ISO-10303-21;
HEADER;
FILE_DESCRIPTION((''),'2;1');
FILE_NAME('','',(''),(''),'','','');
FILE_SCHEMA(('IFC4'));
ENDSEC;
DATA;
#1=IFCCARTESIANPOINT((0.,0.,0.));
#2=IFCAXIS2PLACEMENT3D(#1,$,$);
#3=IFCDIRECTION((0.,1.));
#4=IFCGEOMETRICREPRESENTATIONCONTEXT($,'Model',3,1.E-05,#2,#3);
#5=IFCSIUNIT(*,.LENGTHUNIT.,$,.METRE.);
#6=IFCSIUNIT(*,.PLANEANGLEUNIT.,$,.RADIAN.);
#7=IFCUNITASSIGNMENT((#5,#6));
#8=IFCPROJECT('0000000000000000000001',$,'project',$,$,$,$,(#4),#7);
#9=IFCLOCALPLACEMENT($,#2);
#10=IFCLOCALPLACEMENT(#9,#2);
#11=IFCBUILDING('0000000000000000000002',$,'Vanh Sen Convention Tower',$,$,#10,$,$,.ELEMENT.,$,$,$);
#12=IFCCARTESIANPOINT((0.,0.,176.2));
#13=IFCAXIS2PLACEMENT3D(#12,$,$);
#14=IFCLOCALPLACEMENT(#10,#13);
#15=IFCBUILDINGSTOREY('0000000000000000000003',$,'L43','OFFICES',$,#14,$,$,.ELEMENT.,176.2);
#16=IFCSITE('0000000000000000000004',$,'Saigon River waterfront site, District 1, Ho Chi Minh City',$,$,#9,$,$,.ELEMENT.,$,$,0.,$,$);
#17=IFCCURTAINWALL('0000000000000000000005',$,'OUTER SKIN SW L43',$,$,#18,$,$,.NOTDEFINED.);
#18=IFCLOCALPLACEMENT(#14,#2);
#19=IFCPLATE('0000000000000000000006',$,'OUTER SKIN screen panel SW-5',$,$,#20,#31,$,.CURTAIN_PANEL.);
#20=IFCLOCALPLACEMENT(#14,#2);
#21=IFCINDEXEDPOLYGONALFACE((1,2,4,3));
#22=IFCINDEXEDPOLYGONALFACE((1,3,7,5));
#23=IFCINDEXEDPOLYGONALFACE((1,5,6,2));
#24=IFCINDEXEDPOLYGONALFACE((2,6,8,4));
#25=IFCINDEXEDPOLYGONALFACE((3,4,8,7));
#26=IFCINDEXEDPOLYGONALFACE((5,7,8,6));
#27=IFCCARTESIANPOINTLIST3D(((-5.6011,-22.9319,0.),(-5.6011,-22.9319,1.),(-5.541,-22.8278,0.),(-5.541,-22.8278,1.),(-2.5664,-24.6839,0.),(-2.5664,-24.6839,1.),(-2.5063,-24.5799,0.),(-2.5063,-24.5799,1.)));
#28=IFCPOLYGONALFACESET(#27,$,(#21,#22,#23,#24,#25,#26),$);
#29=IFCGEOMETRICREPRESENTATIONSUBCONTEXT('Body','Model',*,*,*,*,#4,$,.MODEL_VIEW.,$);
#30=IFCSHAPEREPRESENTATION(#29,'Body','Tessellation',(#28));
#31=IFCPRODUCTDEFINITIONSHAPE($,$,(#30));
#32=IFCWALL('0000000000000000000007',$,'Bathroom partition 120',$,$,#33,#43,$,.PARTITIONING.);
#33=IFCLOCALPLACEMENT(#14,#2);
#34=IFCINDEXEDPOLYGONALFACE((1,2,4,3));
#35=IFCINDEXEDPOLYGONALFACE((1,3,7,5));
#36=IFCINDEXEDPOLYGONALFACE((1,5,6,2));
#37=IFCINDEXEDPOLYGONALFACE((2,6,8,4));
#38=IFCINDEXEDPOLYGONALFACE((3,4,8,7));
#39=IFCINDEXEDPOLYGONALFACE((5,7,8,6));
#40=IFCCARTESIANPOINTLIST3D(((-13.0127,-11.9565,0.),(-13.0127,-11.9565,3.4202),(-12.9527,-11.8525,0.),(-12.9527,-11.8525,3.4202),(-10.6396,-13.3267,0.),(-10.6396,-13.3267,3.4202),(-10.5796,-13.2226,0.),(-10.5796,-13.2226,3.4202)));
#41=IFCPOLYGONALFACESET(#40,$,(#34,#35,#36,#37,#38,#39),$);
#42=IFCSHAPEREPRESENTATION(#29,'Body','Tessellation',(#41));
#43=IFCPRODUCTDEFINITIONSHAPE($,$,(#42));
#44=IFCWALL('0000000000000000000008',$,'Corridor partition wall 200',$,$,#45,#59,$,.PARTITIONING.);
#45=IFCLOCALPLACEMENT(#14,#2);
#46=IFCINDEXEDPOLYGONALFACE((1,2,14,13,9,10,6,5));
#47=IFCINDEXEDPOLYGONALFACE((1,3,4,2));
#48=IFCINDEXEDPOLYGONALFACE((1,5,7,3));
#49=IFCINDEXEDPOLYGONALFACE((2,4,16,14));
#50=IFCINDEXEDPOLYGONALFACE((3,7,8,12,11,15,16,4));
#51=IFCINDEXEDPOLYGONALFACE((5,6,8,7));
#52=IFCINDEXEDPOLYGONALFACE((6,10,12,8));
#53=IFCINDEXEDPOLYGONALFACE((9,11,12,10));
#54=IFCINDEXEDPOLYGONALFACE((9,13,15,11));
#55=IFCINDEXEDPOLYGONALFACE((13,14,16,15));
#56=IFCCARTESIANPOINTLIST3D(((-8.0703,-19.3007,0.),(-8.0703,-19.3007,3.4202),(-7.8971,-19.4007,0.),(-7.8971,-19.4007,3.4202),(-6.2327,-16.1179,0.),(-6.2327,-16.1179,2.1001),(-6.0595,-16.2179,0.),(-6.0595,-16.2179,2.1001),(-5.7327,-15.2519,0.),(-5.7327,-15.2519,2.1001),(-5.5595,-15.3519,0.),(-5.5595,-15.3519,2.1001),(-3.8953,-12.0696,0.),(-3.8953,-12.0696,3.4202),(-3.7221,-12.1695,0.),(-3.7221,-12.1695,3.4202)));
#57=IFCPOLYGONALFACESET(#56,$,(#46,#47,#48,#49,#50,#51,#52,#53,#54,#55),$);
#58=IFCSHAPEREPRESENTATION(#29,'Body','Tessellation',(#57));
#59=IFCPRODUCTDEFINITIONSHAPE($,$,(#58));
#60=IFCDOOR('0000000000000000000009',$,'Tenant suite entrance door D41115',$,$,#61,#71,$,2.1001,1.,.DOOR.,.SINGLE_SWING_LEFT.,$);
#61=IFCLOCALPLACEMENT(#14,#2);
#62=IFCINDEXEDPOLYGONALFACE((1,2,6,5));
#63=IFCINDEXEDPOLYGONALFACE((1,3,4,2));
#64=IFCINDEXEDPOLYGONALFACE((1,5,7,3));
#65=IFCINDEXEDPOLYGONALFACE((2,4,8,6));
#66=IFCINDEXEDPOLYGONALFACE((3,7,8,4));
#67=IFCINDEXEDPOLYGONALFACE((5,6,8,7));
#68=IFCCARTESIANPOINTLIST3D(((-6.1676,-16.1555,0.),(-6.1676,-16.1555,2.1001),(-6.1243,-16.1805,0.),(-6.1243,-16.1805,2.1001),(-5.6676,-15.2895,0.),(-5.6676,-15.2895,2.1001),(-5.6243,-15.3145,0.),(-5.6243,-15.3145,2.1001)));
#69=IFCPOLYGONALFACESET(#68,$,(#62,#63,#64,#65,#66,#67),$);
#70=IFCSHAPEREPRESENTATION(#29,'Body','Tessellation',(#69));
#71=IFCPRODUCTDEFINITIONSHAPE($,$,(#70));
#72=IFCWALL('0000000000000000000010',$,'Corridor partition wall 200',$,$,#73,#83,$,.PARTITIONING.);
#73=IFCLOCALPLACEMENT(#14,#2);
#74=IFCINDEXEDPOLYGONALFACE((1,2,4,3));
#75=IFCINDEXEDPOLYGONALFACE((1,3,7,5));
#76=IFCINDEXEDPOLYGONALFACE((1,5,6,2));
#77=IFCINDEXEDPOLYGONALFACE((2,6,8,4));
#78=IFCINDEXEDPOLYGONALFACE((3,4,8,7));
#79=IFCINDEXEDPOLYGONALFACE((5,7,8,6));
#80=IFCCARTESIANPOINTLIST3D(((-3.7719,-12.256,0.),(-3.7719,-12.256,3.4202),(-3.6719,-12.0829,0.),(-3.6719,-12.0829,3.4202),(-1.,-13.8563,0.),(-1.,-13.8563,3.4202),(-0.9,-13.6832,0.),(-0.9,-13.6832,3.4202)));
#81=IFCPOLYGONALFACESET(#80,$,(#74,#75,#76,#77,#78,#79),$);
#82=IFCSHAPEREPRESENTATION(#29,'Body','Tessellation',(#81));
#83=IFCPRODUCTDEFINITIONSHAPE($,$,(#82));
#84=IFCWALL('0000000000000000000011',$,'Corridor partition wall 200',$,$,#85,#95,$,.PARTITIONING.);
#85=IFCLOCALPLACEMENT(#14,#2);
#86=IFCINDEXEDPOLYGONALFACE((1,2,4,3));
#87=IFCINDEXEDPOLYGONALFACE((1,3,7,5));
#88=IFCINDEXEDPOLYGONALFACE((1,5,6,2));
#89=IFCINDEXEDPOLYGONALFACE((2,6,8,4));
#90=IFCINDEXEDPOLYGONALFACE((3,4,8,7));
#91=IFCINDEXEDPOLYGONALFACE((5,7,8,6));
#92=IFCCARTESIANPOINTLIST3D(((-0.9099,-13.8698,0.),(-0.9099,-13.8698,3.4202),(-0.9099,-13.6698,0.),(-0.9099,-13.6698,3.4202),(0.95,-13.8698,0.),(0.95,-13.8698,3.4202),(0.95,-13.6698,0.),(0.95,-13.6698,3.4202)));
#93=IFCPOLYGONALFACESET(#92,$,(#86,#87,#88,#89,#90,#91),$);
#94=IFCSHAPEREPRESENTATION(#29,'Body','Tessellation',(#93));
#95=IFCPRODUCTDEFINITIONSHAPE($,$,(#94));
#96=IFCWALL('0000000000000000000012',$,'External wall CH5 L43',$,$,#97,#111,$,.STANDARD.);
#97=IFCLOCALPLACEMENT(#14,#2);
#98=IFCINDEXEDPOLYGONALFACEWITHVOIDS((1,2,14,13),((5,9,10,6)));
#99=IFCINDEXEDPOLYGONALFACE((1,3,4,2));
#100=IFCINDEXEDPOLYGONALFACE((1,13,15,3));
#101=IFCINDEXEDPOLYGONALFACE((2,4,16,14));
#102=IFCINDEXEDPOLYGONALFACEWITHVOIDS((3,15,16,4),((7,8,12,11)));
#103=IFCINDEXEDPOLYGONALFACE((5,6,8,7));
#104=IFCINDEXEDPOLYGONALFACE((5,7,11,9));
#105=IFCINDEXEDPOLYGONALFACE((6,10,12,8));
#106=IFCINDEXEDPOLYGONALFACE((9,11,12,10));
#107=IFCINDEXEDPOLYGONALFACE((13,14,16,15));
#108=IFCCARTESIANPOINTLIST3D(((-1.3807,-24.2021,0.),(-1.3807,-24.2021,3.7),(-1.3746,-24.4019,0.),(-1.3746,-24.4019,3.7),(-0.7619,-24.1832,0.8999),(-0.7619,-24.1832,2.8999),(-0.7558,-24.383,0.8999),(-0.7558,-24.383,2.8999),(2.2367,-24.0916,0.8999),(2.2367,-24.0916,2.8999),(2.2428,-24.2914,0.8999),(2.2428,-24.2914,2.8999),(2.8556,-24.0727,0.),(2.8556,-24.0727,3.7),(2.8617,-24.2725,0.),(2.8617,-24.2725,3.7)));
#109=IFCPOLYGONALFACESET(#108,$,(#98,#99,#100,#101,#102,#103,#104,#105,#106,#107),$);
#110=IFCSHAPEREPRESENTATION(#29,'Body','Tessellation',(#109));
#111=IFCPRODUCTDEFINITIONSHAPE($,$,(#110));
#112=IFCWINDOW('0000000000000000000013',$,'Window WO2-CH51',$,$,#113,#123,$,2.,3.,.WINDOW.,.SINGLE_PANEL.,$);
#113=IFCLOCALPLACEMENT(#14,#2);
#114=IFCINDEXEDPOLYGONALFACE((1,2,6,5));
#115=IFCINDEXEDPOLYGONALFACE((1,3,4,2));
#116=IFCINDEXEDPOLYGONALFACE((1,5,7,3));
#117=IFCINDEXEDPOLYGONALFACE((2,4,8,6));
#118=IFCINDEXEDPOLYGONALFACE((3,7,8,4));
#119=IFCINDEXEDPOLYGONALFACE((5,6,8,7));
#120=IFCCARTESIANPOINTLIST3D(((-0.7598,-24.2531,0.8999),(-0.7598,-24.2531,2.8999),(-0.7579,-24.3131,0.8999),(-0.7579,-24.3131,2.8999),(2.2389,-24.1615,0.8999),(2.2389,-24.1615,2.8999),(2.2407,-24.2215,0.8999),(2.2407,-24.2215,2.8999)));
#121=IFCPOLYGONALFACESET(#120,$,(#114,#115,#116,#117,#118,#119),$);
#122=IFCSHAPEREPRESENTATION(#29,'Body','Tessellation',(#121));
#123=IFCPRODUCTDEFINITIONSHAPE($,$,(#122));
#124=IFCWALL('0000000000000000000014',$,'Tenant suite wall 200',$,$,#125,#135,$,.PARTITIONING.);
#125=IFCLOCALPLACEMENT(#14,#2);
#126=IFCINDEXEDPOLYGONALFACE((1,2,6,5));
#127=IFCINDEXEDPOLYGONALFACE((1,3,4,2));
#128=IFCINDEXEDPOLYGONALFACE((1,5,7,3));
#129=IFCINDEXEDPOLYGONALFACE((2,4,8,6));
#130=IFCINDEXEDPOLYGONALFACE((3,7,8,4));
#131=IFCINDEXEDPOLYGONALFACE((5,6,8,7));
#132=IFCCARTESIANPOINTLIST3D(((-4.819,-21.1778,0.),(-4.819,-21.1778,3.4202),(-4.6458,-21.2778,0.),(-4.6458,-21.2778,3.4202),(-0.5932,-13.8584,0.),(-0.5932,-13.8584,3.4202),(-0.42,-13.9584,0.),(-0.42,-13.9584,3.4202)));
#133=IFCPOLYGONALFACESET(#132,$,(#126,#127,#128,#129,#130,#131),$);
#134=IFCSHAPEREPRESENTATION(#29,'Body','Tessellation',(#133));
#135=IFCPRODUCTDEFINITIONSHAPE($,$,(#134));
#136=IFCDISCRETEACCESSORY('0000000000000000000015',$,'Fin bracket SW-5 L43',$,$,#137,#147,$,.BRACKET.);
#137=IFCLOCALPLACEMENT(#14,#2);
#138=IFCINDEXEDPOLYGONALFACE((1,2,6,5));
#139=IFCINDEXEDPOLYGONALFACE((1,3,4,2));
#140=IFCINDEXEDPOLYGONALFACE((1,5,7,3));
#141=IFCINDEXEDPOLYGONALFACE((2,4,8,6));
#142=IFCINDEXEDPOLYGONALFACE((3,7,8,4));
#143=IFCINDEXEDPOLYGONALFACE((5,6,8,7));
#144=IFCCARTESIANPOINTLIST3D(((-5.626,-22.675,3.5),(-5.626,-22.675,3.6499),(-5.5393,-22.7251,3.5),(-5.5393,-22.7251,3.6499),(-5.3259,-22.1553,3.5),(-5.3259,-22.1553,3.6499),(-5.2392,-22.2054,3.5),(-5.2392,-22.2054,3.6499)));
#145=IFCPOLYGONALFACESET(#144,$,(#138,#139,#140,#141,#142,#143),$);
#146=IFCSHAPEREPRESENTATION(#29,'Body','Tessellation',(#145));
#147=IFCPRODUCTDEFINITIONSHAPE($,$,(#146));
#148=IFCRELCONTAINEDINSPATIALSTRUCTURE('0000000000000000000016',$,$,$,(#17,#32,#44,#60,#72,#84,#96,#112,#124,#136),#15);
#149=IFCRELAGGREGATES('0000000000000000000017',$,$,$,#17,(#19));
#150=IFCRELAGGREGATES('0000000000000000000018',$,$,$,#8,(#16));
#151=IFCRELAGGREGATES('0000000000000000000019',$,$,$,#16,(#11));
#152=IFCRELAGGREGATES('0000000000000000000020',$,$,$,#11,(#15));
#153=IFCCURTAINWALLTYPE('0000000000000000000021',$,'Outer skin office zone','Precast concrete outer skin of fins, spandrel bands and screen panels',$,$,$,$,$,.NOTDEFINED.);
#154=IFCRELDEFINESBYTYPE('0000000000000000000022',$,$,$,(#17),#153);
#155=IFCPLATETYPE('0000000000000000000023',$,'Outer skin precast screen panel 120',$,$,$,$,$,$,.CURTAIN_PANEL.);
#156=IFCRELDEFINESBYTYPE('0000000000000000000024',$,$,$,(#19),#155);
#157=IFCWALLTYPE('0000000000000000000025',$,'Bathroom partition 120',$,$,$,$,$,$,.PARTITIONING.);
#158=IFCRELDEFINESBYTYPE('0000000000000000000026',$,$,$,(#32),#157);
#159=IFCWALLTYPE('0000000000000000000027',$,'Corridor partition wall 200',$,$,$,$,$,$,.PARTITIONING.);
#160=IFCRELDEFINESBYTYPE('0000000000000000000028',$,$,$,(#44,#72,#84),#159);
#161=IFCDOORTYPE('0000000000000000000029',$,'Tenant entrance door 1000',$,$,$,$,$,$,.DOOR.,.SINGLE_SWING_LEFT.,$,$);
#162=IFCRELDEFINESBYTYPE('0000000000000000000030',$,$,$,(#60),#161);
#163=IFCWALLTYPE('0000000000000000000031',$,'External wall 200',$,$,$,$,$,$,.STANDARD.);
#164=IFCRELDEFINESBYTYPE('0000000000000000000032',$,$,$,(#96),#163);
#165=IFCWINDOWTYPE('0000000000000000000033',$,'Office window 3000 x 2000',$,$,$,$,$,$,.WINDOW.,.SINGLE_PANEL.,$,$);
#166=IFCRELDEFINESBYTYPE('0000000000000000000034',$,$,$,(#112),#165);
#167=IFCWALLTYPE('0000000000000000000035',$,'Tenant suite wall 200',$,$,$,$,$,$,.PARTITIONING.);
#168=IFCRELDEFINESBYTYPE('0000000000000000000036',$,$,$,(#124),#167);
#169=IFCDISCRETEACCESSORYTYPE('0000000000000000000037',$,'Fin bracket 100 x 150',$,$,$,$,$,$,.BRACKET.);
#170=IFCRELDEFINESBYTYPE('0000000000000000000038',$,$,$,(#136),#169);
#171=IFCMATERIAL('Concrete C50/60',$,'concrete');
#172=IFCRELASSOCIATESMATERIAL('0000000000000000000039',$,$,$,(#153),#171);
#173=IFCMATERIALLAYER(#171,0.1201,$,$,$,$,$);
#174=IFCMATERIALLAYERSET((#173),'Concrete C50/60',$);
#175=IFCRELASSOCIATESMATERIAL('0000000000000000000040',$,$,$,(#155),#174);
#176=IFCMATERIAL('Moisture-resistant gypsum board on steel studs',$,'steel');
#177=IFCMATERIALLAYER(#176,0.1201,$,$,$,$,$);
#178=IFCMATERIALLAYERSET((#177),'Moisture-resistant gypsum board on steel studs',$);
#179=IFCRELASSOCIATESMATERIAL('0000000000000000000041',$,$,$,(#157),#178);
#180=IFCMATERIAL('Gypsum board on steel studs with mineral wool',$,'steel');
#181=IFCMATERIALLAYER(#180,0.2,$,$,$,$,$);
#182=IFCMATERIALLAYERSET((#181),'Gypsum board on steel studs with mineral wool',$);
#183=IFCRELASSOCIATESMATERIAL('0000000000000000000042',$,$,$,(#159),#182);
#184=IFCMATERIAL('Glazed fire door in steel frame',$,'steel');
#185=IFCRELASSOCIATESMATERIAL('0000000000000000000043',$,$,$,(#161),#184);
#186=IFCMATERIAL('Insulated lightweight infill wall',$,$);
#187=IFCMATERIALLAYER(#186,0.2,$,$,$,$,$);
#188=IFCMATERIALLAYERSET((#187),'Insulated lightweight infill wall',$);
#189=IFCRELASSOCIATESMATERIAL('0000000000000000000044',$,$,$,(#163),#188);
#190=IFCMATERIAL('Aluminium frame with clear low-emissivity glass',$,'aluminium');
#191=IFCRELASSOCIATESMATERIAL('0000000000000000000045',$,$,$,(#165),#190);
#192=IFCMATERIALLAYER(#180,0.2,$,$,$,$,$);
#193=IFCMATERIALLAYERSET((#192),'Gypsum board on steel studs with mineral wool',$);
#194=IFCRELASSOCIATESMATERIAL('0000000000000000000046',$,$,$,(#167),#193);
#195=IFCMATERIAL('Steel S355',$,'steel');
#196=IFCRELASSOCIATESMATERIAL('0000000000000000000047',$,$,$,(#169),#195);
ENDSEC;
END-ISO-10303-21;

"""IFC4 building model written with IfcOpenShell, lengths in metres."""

from ifc_helpers import new_model, si_unit, direction, frame, frame_2d, origin, origin_2d, place, context, subcontext, project, spatial, rectangle, extrude, material, layer, layer_set, type_object, element, fill, aggregate, save


model = new_model("IFC4")

# Units and contexts
model_context = context("Model", 3, precision=1e-05, world=origin(), true_north=direction((0.0, 1.0)))
body_context = subcontext(model_context, "Body", "Model", "MODEL_VIEW")
ifc_project = project(units=[si_unit("LENGTHUNIT", "METRE"), si_unit("PLANEANGLEUNIT", "RADIAN")], contexts=[model_context])

# Site, building, storey
site_placement = place(None, origin())
site = spatial("IfcSite", under=ifc_project, at=site_placement, Name="Saigon River waterfront site, District 1, Ho Chi Minh City", CompositionType="ELEMENT", RefElevation=0.0)
building_placement = place(site_placement, origin())
building = spatial("IfcBuilding", under=site, at=building_placement, Name="Vanh Sen Convention Tower", CompositionType="ELEMENT")
storey_placement = place(building_placement, frame((0.0, 0.0, 176.2)))
storey = spatial("IfcBuildingStorey", under=building, at=storey_placement, Name="L43", Description="OFFICES", CompositionType="ELEMENT", Elevation=176.2)

# Curtain wall
ifc_material_1 = material(Name="Concrete C50/60", Category="concrete")
curtain_wall_type = type_object("IfcCurtainWallType", Name="Outer skin office zone", Description="Precast concrete outer skin of fins, spandrel bands and screen panels", PredefinedType="NOTDEFINED", material=ifc_material_1)
curtain_wall_1_placement = place(storey_placement, origin())
curtain_wall_1 = element("IfcCurtainWall", 1, at=curtain_wall_1_placement, inside=storey, type_object=curtain_wall_type, Name="OUTER SKIN SW L43", PredefinedType="NOTDEFINED")

# Plate
ifc_layer_1 = layer(ifc_material_1, 0.1201)
ifc_layer_set_1 = layer_set([ifc_layer_1], Name="Concrete C50/60")
plate_type = type_object("IfcPlateType", Name="Outer skin precast screen panel 120", PredefinedType="CURTAIN_PANEL", material=ifc_layer_set_1)
plate_1_placement = place(storey_placement, frame((-4.0537, -23.7559, 0.0), z_axis=(0.0, 0.0, 1.0), x_axis=(0.866035, -0.499983, 0.0)))
plate_1 = element("IfcPlate", 2, at=plate_1_placement, type_object=plate_type, Name="OUTER SKIN screen panel SW-5", PredefinedType="CURTAIN_PANEL", context=body_context, shape_type="SweptSolid", body=[
    extrude(rectangle(XDim=3.5042, YDim=0.1201, at=origin_2d()), origin(), (0.0, 0.0, 1.0), 1.0),
])
aggregate(curtain_wall_1, [plate_1])

# Wall
ifc_material_2 = material(Name="Moisture-resistant gypsum board on steel studs", Category="steel")
ifc_layer_2 = layer(ifc_material_2, 0.1201)
ifc_layer_set_2 = layer_set([ifc_layer_2], Name="Moisture-resistant gypsum board on steel studs")
wall_type_1 = type_object("IfcWallType", Name="Bathroom partition 120", PredefinedType="PARTITIONING", material=ifc_layer_set_2)
wall_1_placement = place(storey_placement, frame((-10.6096, -13.2747, 0.0), z_axis=(0.0, 0.0, 1.0), x_axis=(-0.866019, 0.50001, 0.0)))
element("IfcWall", 3, at=wall_1_placement, inside=storey, type_object=wall_type_1, Name="Bathroom partition 120", PredefinedType="PARTITIONING", context=body_context, shape_type="SweptSolid", body=[
    extrude(rectangle(XDim=2.7402, YDim=0.1201, at=frame_2d((1.3701, 0.0))), origin(), (0.0, 0.0, 1.0), 3.4202),
])

# Wall, opening, door
ifc_material_3 = material(Name="Gypsum board on steel studs with mineral wool", Category="steel")
ifc_layer_3 = layer(ifc_material_3, 0.2)
ifc_layer_set_3 = layer_set([ifc_layer_3], Name="Gypsum board on steel studs with mineral wool")
wall_type_2 = type_object("IfcWallType", Name="Corridor partition wall 200", PredefinedType="PARTITIONING", material=ifc_layer_set_3)
wall_2_placement = place(storey_placement, frame((-7.9836, -19.3506, 0.0), z_axis=(0.0, 0.0, 1.0), x_axis=(0.50001, 0.86602, 0.0)))
wall_2 = element("IfcWall", 4, at=wall_2_placement, inside=storey, type_object=wall_type_2, Name="Corridor partition wall 200", PredefinedType="PARTITIONING", context=body_context, shape_type="SweptSolid", body=[
    extrude(rectangle(XDim=8.3499, YDim=0.2, at=frame_2d((4.1748, 0.0))), origin(), (0.0, 0.0, 1.0), 3.4202),
])
opening_1_placement = place(wall_2_placement, frame((3.675, 0.0, 0.0)))
opening_1 = element("IfcOpeningElement", 5, at=opening_1_placement, cuts=wall_2, PredefinedType="OPENING", context=body_context, shape_type="SweptSolid", body=[
    extrude(rectangle(XDim=1.0, YDim=2.1001, at=frame_2d((0.5, 1.05))), frame((0.0, 0.1099, 0.0), z_axis=(0.0, -1.0, 0.0), x_axis=(1.0, 0.0, 0.0)), (0.0, 0.0, 1.0), 0.22),
])
ifc_material_4 = material(Name="Glazed fire door in steel frame", Category="steel")
door_type = type_object("IfcDoorType", Name="Tenant entrance door 1000", OperationType="SINGLE_SWING_LEFT", PredefinedType="DOOR", material=ifc_material_4)
door_placement = place(opening_1_placement, origin())
door = element("IfcDoor", 6, at=door_placement, inside=storey, type_object=door_type, Name="Tenant suite entrance door D41115", OperationType="SINGLE_SWING_LEFT", OverallHeight=2.1001, OverallWidth=1.0, PredefinedType="DOOR", context=body_context, shape_type="SweptSolid", body=[
    extrude(rectangle(XDim=1.0, YDim=2.1001, at=frame_2d((0.5, 1.05))), frame((0.0, 0.0249, 0.0), z_axis=(0.0, -1.0, 0.0), x_axis=(1.0, 0.0, 0.0)), (0.0, 0.0, 1.0), 0.05),
])
fill(opening_1, door)

# Walls
wall_3_placement = place(storey_placement, frame((-3.7219, -12.1694, 0.0), z_axis=(0.0, 0.0, 1.0), x_axis=(0.866033, -0.499987, 0.0)))
element("IfcWall", 7, at=wall_3_placement, inside=storey, type_object=wall_type_2, Name="Corridor partition wall 200", PredefinedType="PARTITIONING", context=body_context, shape_type="SweptSolid", body=[
    extrude(rectangle(XDim=3.2007, YDim=0.2, at=frame_2d((1.6003, 0.0))), origin(), (0.0, 0.0, 1.0), 3.4202),
])
wall_4_placement = place(storey_placement, frame((-0.9099, -13.7698, 0.0), z_axis=(0.0, 0.0, 1.0), x_axis=(1.0, 0.0, 0.0)))
element("IfcWall", 8, at=wall_4_placement, inside=storey, type_object=wall_type_2, Name="Corridor partition wall 200", PredefinedType="PARTITIONING", context=body_context, shape_type="SweptSolid", body=[
    extrude(rectangle(XDim=1.8599, YDim=0.2, at=frame_2d((0.9299, 0.0))), origin(), (0.0, 0.0, 1.0), 3.4202),
])

# Wall, opening, window
ifc_material_5 = material(Name="Insulated lightweight infill wall")
ifc_layer_4 = layer(ifc_material_5, 0.2)
ifc_layer_set_4 = layer_set([ifc_layer_4], Name="Insulated lightweight infill wall")
wall_type_3 = type_object("IfcWallType", Name="External wall 200", PredefinedType="STANDARD", material=ifc_layer_set_4)
wall_5_placement = place(storey_placement, frame((-1.3777, -24.302, 0.0), z_axis=(0.0, 0.0, 1.0), x_axis=(0.999534, 0.03053, 0.0)))
wall_5 = element("IfcWall", 9, at=wall_5_placement, inside=storey, type_object=wall_type_3, Name="External wall CH5 L43", PredefinedType="STANDARD", context=body_context, shape_type="SweptSolid", body=[
    extrude(rectangle(XDim=4.2383, YDim=0.2, at=frame_2d((2.1191, 0.0))), origin(), (0.0, 0.0, 1.0), 3.7),
])
opening_2_placement = place(wall_5_placement, frame((0.6191, 0.0, 0.8999)))
opening_2 = element("IfcOpeningElement", 10, at=opening_2_placement, cuts=wall_5, PredefinedType="OPENING", context=body_context, shape_type="SweptSolid", body=[
    extrude(rectangle(XDim=3.0, YDim=2.0, at=frame_2d((1.5, 1.0))), frame((0.0, 0.1099, 0.0), z_axis=(0.0, -1.0, 0.0), x_axis=(1.0, 0.0, 0.0)), (0.0, 0.0, 1.0), 0.22),
])
ifc_material_6 = material(Name="Aluminium frame with clear low-emissivity glass", Category="aluminium")
window_type = type_object("IfcWindowType", Name="Office window 3000 x 2000", PartitioningType="SINGLE_PANEL", PredefinedType="WINDOW", material=ifc_material_6)
window_placement = place(opening_2_placement, origin())
window = element("IfcWindow", 11, at=window_placement, inside=storey, type_object=window_type, Name="Window WO2-CH51", OverallHeight=2.0, OverallWidth=3.0, PartitioningType="SINGLE_PANEL", PredefinedType="WINDOW", context=body_context, shape_type="SweptSolid", body=[
    extrude(rectangle(XDim=3.0, YDim=2.0, at=frame_2d((1.5, 1.0))), frame((0.0, 0.03, 0.0), z_axis=(0.0, -1.0, 0.0), x_axis=(1.0, 0.0, 0.0)), (0.0, 0.0, 1.0), 0.0601),
])
fill(opening_2, window)

# Wall
ifc_layer_5 = layer(ifc_material_3, 0.2)
ifc_layer_set_5 = layer_set([ifc_layer_5], Name="Gypsum board on steel studs with mineral wool")
wall_type_4 = type_object("IfcWallType", Name="Tenant suite wall 200", PredefinedType="PARTITIONING", material=ifc_layer_set_5)
wall_6_placement = place(storey_placement, frame((-4.7324, -21.2278, 0.0), z_axis=(0.0, 0.0, 1.0), x_axis=(0.500001, 0.866025, 0.0)))
element("IfcWall", 12, at=wall_6_placement, inside=storey, type_object=wall_type_4, Name="Tenant suite wall 200", PredefinedType="PARTITIONING", context=body_context, shape_type="SweptSolid", body=[
    extrude(rectangle(XDim=8.4517, YDim=0.2, at=frame_2d((4.2258, 0.0))), origin(), (0.0, 0.0, 1.0), 3.4202),
])

# Discrete accessory
ifc_material_7 = material(Name="Steel S355", Category="steel")
discrete_accessory_type = type_object("IfcDiscreteAccessoryType", Name="Fin bracket 100 x 150", PredefinedType="BRACKET", material=ifc_material_7)
discrete_accessory_placement = place(storey_placement, frame((-5.4326, -22.4402, 3.5), z_axis=(0.0, 0.0, 1.0), x_axis=(-0.5, -0.866025, 0.0)))
element("IfcDiscreteAccessory", 13, at=discrete_accessory_placement, inside=storey, type_object=discrete_accessory_type, Name="Fin bracket SW-5 L43", PredefinedType="BRACKET", context=body_context, shape_type="SweptSolid", body=[
    extrude(rectangle(XDim=0.6001, YDim=0.1001, at=origin_2d()), origin(), (0.0, 0.0, 1.0), 0.1499),
])

save(model, "model.ifc")
